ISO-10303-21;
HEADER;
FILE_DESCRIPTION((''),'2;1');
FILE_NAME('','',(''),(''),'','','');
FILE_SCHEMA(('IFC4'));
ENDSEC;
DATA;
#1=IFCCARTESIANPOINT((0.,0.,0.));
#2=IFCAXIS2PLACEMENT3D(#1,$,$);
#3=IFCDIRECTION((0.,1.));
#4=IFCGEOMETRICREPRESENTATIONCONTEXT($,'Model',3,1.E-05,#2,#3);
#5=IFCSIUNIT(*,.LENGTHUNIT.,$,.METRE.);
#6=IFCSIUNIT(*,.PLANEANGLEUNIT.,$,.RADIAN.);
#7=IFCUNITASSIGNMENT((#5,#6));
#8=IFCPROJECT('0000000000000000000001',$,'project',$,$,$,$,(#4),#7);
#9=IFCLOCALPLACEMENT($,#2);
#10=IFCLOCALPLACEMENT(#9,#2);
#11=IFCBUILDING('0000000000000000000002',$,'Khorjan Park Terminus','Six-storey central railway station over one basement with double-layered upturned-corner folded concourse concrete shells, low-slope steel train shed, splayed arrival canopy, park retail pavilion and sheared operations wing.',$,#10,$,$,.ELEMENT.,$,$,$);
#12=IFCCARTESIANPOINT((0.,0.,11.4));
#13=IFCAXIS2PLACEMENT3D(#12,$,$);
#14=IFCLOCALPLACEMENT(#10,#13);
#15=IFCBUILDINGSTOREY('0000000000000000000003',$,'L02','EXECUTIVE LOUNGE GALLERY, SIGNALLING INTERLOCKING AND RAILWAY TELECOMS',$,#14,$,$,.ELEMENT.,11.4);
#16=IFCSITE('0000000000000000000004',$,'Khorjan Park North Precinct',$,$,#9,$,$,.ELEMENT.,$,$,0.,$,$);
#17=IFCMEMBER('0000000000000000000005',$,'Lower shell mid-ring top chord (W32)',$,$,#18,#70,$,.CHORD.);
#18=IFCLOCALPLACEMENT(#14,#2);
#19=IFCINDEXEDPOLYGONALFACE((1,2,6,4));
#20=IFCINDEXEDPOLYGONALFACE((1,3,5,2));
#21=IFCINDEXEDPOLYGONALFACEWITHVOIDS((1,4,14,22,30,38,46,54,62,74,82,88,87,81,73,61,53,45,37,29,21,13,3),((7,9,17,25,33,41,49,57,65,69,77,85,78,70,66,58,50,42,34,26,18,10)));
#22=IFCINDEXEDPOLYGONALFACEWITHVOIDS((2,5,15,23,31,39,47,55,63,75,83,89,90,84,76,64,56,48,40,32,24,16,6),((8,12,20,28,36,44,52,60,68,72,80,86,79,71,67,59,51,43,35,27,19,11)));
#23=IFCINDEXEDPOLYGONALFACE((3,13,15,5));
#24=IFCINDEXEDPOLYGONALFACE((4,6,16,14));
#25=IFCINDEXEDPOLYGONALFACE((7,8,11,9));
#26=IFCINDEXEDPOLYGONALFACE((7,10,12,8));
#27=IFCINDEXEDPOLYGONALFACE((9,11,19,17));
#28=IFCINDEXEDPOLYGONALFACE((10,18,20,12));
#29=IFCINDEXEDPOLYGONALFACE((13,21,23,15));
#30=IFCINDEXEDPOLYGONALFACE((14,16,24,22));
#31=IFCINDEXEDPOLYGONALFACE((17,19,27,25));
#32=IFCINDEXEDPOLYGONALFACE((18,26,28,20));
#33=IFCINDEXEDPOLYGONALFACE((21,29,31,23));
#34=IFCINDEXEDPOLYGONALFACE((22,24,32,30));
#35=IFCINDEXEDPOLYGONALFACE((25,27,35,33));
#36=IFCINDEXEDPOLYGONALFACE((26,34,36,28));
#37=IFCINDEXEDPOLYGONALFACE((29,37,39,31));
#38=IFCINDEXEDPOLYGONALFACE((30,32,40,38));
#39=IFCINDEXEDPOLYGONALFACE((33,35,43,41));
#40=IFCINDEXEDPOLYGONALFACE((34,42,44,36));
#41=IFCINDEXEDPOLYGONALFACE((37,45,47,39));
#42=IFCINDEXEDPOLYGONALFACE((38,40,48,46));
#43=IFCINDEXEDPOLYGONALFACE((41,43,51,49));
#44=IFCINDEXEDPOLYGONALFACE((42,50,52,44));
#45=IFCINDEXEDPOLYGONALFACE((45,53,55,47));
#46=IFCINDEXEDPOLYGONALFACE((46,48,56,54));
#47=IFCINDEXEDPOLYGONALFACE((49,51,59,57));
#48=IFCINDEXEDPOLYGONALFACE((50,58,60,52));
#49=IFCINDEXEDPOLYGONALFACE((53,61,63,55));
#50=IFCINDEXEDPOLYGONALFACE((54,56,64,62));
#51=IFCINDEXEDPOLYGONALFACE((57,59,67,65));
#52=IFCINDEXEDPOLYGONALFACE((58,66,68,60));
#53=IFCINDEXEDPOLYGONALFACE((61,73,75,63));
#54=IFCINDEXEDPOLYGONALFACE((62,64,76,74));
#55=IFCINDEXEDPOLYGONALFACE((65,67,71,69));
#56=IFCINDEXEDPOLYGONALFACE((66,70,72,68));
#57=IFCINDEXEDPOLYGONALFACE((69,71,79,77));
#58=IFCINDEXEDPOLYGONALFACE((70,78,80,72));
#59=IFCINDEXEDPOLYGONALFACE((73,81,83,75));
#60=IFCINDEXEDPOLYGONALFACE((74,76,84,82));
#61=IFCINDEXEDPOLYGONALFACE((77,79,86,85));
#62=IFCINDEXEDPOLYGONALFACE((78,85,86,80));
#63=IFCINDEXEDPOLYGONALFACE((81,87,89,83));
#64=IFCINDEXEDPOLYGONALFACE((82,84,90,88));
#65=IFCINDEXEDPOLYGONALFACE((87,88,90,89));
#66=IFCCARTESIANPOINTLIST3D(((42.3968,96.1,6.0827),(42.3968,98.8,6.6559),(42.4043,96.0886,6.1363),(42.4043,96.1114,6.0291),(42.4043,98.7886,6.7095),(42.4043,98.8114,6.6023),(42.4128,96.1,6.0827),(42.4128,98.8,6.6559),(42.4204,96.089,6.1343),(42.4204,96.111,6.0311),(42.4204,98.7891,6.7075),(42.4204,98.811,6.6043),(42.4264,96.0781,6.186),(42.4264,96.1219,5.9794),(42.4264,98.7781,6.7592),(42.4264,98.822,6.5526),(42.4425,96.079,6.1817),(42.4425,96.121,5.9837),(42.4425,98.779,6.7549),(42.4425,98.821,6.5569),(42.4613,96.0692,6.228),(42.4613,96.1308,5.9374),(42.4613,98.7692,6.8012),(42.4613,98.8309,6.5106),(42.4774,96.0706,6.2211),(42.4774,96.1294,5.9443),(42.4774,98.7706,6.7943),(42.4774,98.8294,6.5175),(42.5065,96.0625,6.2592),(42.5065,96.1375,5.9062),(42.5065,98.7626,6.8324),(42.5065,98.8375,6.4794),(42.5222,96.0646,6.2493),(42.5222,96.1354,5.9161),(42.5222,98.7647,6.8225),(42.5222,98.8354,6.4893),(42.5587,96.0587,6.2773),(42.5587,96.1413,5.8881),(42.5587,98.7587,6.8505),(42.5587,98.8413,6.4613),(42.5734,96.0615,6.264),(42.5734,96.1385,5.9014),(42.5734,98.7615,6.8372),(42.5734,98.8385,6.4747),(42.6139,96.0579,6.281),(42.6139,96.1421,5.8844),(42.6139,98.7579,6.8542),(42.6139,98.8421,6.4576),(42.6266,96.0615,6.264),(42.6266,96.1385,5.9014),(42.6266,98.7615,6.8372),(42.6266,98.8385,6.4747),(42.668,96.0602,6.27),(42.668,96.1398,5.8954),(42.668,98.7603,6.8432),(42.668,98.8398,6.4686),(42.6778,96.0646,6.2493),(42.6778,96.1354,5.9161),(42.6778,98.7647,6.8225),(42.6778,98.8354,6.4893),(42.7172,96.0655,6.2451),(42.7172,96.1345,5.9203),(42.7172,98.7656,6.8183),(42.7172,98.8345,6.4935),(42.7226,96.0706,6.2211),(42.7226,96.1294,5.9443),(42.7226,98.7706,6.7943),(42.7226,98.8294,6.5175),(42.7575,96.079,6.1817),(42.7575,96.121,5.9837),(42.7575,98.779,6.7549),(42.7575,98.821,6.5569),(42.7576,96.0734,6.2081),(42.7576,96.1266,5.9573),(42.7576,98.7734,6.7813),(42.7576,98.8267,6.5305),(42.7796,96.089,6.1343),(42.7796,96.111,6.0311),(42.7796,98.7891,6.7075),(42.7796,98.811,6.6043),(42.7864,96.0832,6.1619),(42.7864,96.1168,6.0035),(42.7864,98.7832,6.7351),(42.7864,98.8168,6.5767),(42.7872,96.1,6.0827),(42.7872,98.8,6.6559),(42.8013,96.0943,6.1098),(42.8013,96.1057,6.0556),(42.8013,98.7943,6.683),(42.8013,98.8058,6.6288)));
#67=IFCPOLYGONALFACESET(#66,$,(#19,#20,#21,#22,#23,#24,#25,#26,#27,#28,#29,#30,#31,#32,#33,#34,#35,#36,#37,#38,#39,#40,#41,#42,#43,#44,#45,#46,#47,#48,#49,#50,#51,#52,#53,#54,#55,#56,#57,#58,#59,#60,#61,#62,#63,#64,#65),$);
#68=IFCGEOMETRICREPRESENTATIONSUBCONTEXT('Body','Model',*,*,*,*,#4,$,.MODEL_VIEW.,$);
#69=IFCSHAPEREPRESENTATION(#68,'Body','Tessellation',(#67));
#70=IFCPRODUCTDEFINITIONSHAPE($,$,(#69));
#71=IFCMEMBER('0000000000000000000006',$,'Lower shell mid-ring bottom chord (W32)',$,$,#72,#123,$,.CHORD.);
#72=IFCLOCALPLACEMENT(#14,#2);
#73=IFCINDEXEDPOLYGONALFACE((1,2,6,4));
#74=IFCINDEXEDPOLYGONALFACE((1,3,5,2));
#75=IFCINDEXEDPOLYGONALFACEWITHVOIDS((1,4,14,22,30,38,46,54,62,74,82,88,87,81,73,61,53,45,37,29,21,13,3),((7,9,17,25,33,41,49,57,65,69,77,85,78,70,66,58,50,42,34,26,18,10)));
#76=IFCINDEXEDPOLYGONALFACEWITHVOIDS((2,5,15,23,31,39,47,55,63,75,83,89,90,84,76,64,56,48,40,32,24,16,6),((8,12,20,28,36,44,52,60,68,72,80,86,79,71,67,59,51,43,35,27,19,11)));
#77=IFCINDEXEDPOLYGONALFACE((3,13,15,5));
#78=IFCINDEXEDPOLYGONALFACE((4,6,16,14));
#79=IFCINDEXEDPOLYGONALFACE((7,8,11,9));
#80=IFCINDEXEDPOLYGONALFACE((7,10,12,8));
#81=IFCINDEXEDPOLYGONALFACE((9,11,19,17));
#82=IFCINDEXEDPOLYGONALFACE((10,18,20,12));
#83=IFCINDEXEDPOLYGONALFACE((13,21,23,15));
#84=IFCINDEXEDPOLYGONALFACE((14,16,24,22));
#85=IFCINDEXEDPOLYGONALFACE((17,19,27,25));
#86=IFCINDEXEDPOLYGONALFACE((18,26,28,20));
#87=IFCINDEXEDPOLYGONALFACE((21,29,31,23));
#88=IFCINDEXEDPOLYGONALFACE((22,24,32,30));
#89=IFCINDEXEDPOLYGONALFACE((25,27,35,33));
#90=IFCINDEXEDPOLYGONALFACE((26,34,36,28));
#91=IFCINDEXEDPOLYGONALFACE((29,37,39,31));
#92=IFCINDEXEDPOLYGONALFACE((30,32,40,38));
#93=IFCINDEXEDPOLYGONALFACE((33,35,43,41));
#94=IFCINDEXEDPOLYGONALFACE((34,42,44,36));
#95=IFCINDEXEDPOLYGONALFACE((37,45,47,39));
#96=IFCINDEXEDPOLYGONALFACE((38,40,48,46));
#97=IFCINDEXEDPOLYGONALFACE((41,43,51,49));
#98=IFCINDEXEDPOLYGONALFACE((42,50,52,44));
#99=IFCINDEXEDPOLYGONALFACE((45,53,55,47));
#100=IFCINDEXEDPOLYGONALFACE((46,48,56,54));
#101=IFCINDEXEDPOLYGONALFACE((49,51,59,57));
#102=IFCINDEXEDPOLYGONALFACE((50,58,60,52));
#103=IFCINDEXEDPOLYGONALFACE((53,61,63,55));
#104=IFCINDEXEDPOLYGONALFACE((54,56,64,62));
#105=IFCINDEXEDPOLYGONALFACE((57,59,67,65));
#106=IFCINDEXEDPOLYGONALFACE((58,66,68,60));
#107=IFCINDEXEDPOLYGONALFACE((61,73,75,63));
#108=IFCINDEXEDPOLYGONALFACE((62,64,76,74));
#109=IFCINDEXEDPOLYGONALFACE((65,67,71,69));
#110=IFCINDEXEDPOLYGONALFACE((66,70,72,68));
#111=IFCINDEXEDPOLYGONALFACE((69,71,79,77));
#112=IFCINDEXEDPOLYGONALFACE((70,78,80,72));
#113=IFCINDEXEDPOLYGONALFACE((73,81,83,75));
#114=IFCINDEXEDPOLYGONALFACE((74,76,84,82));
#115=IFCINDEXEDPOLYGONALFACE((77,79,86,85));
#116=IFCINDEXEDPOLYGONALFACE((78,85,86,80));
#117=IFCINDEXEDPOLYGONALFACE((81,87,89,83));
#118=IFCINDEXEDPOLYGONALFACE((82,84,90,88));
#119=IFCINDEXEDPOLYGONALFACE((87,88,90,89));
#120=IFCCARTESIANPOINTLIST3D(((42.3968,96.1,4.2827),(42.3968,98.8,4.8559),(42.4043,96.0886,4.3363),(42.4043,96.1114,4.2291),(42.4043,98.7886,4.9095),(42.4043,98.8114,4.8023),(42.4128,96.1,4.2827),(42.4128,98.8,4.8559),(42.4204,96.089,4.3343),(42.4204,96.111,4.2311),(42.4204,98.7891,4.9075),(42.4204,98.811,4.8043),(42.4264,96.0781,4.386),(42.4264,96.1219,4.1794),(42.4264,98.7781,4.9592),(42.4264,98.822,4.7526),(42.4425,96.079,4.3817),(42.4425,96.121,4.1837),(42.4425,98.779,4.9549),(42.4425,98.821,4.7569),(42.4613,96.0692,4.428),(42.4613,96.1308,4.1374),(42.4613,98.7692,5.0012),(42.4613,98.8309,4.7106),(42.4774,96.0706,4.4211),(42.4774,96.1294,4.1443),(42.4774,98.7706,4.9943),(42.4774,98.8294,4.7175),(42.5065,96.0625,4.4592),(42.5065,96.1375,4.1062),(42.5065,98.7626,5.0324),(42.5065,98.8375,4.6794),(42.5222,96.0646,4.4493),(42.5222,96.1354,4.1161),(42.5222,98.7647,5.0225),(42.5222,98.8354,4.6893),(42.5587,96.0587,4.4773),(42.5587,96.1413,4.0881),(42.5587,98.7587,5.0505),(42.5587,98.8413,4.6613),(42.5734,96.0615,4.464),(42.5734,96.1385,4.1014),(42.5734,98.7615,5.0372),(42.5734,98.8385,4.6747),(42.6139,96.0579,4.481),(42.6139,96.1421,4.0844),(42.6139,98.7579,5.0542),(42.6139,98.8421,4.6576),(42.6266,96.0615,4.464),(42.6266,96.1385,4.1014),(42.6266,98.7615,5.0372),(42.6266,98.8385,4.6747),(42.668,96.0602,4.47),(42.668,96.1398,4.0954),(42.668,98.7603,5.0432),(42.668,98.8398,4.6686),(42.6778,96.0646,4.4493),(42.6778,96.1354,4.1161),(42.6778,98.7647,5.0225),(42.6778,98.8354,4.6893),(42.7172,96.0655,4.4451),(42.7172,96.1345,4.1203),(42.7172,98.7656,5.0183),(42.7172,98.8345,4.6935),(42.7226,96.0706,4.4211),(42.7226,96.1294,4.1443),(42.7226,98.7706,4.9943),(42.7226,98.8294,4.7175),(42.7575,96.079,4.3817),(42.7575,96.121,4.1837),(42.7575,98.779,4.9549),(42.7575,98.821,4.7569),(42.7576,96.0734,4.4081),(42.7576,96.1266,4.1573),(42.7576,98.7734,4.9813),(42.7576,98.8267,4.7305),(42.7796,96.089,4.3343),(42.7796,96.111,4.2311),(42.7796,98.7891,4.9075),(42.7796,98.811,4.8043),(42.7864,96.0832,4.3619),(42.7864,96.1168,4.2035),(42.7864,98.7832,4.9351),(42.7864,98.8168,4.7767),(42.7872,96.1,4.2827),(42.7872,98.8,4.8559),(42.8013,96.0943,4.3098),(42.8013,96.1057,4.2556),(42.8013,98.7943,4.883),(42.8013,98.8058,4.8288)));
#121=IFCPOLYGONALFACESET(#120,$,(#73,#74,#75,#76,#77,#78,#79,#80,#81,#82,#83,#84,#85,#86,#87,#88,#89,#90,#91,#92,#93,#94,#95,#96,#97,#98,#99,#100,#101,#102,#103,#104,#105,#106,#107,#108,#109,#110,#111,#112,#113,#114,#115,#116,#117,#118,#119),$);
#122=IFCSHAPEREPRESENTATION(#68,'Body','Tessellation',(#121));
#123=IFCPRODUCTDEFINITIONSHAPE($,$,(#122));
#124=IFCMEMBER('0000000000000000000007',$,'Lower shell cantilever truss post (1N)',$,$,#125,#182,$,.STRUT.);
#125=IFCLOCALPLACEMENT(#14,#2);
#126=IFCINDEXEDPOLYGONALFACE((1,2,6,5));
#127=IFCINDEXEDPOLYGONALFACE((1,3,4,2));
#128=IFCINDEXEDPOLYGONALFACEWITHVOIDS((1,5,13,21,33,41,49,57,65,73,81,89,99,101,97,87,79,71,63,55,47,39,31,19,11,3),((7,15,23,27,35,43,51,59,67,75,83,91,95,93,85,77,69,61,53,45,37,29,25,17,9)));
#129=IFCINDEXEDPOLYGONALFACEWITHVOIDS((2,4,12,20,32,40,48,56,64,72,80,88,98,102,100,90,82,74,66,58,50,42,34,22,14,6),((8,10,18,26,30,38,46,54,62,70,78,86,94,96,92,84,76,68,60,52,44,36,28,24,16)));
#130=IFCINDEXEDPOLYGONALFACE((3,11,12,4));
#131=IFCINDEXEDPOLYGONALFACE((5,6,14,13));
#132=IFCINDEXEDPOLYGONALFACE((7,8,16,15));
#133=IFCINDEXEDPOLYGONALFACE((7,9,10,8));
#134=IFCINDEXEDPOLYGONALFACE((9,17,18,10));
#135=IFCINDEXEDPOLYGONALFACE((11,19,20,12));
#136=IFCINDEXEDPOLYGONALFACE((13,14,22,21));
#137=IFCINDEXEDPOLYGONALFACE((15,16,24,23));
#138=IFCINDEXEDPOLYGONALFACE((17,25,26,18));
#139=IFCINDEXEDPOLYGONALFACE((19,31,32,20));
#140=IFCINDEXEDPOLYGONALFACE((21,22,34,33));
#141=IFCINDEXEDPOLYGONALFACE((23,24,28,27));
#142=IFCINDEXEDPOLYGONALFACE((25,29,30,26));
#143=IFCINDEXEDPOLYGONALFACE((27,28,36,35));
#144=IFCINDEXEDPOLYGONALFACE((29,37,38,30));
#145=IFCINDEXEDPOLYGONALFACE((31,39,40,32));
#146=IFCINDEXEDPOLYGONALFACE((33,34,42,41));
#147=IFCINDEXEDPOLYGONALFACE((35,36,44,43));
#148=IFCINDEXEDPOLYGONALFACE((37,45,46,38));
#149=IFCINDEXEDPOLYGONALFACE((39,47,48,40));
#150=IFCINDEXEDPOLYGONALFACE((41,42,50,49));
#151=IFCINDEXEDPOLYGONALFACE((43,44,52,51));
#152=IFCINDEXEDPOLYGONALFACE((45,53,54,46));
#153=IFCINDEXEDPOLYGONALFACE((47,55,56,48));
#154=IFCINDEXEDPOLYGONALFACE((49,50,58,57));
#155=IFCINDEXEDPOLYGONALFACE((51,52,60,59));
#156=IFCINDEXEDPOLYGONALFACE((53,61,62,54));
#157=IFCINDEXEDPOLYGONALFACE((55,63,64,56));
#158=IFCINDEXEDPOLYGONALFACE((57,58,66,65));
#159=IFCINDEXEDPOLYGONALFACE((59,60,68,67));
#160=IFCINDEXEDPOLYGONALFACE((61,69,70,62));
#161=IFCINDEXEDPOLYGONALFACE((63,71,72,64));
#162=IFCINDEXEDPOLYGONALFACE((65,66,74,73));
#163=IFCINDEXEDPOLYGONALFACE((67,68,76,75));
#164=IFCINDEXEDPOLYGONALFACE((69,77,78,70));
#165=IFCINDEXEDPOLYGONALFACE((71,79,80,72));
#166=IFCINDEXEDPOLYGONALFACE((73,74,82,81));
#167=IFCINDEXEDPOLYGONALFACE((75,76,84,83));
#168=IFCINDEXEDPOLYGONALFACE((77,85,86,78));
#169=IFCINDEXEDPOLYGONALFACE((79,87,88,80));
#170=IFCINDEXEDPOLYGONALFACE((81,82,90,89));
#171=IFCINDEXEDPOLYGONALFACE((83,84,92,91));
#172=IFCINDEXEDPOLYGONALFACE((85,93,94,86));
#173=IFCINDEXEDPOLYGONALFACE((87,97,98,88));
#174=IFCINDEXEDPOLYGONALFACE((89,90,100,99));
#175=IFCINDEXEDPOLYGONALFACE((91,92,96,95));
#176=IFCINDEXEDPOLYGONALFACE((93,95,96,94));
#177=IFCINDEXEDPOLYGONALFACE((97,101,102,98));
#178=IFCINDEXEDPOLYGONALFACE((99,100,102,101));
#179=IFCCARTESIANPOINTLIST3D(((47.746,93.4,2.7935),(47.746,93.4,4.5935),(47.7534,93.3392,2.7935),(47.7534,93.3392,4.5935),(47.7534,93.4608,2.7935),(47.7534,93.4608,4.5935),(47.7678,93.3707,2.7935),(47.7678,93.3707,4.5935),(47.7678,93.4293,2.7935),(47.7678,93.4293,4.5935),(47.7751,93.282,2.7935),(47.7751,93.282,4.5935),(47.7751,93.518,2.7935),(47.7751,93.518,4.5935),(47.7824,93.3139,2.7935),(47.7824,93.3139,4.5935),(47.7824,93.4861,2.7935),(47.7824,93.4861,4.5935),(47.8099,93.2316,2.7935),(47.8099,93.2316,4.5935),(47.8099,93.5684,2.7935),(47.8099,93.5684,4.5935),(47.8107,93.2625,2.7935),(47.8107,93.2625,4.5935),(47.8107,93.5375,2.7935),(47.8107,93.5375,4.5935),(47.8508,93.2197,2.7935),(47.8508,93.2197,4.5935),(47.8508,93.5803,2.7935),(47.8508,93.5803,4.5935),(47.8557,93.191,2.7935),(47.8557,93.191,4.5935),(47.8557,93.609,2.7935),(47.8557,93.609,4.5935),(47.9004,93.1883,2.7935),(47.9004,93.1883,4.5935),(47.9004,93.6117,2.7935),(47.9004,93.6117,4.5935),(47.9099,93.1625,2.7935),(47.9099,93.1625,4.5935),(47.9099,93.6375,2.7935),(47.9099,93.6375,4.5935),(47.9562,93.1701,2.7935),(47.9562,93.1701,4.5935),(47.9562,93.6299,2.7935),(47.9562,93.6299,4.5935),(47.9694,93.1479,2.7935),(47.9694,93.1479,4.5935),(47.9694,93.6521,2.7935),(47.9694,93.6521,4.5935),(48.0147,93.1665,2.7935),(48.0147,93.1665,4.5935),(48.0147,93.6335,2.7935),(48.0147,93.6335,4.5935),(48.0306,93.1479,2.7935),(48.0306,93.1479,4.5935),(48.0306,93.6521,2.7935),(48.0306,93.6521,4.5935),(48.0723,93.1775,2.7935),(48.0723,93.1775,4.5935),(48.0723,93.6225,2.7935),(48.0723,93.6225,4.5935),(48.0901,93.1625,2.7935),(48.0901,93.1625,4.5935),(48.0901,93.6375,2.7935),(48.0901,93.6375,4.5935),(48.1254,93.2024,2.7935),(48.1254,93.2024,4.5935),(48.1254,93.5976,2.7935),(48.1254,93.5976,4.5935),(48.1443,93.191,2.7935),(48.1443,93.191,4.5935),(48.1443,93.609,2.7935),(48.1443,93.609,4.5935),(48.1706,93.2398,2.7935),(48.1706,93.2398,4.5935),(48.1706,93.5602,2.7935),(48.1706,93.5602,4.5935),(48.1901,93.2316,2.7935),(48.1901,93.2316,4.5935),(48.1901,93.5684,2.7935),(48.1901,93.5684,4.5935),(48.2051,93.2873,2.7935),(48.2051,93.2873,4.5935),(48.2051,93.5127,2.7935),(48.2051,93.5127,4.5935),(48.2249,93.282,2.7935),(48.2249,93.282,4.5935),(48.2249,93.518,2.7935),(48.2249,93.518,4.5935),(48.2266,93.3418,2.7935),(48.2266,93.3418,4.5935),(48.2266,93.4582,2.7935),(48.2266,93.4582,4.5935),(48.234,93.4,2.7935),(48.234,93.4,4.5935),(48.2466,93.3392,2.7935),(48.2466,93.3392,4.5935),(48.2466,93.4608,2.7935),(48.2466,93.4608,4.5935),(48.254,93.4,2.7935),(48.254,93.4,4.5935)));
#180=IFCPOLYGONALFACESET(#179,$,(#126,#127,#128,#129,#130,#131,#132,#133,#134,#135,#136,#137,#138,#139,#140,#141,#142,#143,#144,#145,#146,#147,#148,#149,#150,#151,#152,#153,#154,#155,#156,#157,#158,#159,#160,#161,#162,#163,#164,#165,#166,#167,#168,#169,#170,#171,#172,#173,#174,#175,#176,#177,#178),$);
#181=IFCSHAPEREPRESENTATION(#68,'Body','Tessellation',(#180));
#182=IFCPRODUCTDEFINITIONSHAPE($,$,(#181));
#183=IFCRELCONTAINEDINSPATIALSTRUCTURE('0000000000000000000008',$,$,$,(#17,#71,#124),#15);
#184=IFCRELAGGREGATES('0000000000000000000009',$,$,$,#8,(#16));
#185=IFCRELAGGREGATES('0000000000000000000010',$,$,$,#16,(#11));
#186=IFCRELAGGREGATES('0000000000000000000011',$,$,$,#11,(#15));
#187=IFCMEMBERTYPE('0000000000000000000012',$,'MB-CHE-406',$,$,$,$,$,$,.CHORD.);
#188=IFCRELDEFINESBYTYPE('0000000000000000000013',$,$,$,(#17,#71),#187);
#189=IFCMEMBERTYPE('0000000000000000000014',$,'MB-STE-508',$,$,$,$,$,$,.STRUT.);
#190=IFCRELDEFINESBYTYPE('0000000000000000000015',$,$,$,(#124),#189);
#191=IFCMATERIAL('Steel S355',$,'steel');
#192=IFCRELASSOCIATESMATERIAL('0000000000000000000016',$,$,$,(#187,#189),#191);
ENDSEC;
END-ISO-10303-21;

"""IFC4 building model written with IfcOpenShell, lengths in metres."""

from ifc_helpers import new_model, si_unit, direction, frame, origin, origin_2d, place, context, subcontext, project, spatial, hollow_circle, extrude, material, material_profile, profile_set, type_object, element, save


model = new_model("IFC4")

# Units and contexts
model_context = context("Model", 3, precision=1e-05, world=origin(), true_north=direction((0.0, 1.0)))
body_context = subcontext(model_context, "Body", "Model", "MODEL_VIEW")
ifc_project = project(units=[si_unit("LENGTHUNIT", "METRE"), si_unit("PLANEANGLEUNIT", "RADIAN")], contexts=[model_context])

# Site, building, storey
site_placement = place(None, origin())
site = spatial("IfcSite", under=ifc_project, at=site_placement, Name="Khorjan Park North Precinct", CompositionType="ELEMENT", RefElevation=0.0)
building_placement = place(site_placement, origin())
building = spatial("IfcBuilding", under=site, at=building_placement, Name="Khorjan Park Terminus", Description="Six-storey central railway station over one basement with double-layered upturned-corner folded concourse concrete shells, low-slope steel train shed, splayed arrival canopy, park retail pavilion and sheared operations wing.", CompositionType="ELEMENT")
storey_placement = place(building_placement, frame((0.0, 0.0, 11.4)))
storey = spatial("IfcBuildingStorey", under=building, at=storey_placement, Name="L02", Description="EXECUTIVE LOUNGE GALLERY, SIGNALLING INTERLOCKING AND RAILWAY TELECOMS", CompositionType="ELEMENT", Elevation=11.4)

# Members
ifc_material_1 = material(Name="Steel S355", Category="steel")
ifc_material_profile_1 = material_profile(ifc_material_1, hollow_circle(Radius=0.2032, WallThickness=0.016, at=origin_2d()), Name="CHS 406.4x16")
ifc_profile_set_1 = profile_set([ifc_material_profile_1], Name="Steel S355")
member_type_1 = type_object("IfcMemberType", Name="MB-CHE-406", PredefinedType="CHORD", material=ifc_profile_set_1)
for number, where, z_axis, x_axis, name in (
    (1, (42.6, 96.1, 6.0827), (0.0, 0.978199, 0.207668), (-1.0, 0.0, 0.0), "Lower shell mid-ring top chord (W32)"),
    (2, (42.6, 96.1, 4.2827), (0.0, 0.978199, 0.207668), (-1.0, 0.0, 0.0), "Lower shell mid-ring bottom chord (W32)"),
):
    element("IfcMember", number, at=place(storey_placement, frame(where, z_axis=z_axis, x_axis=x_axis)), inside=storey, type_object=member_type_1, Name=name, PredefinedType="CHORD", context=body_context, shape_type="SweptSolid", body=[
        extrude(hollow_circle(Radius=0.2032, WallThickness=0.016, at=origin_2d()), origin(), (0.0, 0.0, 1.0), 2.7602),
    ])
ifc_material_profile_2 = material_profile(ifc_material_1, hollow_circle(Radius=0.254, WallThickness=0.02, at=origin_2d()), Name="CHS 508x20")
ifc_profile_set_2 = profile_set([ifc_material_profile_2], Name="Steel S355")
member_type_2 = type_object("IfcMemberType", Name="MB-STE-508", PredefinedType="STRUT", material=ifc_profile_set_2)
for number, where, z_axis, x_axis, name in (
    (3, (48.0, 93.4, 2.7935), (0.0, 0.0, 1.0), (1.0, 0.0, 0.0), "Lower shell cantilever truss post (1N)"),
):
    element("IfcMember", number, at=place(storey_placement, frame(where, z_axis=z_axis, x_axis=x_axis)), inside=storey, type_object=member_type_2, Name=name, PredefinedType="STRUT", context=body_context, shape_type="SweptSolid", body=[
        extrude(hollow_circle(Radius=0.254, WallThickness=0.02, at=origin_2d()), origin(), (0.0, 0.0, 1.0), 1.8),
    ])

save(model, "model.ifc")
